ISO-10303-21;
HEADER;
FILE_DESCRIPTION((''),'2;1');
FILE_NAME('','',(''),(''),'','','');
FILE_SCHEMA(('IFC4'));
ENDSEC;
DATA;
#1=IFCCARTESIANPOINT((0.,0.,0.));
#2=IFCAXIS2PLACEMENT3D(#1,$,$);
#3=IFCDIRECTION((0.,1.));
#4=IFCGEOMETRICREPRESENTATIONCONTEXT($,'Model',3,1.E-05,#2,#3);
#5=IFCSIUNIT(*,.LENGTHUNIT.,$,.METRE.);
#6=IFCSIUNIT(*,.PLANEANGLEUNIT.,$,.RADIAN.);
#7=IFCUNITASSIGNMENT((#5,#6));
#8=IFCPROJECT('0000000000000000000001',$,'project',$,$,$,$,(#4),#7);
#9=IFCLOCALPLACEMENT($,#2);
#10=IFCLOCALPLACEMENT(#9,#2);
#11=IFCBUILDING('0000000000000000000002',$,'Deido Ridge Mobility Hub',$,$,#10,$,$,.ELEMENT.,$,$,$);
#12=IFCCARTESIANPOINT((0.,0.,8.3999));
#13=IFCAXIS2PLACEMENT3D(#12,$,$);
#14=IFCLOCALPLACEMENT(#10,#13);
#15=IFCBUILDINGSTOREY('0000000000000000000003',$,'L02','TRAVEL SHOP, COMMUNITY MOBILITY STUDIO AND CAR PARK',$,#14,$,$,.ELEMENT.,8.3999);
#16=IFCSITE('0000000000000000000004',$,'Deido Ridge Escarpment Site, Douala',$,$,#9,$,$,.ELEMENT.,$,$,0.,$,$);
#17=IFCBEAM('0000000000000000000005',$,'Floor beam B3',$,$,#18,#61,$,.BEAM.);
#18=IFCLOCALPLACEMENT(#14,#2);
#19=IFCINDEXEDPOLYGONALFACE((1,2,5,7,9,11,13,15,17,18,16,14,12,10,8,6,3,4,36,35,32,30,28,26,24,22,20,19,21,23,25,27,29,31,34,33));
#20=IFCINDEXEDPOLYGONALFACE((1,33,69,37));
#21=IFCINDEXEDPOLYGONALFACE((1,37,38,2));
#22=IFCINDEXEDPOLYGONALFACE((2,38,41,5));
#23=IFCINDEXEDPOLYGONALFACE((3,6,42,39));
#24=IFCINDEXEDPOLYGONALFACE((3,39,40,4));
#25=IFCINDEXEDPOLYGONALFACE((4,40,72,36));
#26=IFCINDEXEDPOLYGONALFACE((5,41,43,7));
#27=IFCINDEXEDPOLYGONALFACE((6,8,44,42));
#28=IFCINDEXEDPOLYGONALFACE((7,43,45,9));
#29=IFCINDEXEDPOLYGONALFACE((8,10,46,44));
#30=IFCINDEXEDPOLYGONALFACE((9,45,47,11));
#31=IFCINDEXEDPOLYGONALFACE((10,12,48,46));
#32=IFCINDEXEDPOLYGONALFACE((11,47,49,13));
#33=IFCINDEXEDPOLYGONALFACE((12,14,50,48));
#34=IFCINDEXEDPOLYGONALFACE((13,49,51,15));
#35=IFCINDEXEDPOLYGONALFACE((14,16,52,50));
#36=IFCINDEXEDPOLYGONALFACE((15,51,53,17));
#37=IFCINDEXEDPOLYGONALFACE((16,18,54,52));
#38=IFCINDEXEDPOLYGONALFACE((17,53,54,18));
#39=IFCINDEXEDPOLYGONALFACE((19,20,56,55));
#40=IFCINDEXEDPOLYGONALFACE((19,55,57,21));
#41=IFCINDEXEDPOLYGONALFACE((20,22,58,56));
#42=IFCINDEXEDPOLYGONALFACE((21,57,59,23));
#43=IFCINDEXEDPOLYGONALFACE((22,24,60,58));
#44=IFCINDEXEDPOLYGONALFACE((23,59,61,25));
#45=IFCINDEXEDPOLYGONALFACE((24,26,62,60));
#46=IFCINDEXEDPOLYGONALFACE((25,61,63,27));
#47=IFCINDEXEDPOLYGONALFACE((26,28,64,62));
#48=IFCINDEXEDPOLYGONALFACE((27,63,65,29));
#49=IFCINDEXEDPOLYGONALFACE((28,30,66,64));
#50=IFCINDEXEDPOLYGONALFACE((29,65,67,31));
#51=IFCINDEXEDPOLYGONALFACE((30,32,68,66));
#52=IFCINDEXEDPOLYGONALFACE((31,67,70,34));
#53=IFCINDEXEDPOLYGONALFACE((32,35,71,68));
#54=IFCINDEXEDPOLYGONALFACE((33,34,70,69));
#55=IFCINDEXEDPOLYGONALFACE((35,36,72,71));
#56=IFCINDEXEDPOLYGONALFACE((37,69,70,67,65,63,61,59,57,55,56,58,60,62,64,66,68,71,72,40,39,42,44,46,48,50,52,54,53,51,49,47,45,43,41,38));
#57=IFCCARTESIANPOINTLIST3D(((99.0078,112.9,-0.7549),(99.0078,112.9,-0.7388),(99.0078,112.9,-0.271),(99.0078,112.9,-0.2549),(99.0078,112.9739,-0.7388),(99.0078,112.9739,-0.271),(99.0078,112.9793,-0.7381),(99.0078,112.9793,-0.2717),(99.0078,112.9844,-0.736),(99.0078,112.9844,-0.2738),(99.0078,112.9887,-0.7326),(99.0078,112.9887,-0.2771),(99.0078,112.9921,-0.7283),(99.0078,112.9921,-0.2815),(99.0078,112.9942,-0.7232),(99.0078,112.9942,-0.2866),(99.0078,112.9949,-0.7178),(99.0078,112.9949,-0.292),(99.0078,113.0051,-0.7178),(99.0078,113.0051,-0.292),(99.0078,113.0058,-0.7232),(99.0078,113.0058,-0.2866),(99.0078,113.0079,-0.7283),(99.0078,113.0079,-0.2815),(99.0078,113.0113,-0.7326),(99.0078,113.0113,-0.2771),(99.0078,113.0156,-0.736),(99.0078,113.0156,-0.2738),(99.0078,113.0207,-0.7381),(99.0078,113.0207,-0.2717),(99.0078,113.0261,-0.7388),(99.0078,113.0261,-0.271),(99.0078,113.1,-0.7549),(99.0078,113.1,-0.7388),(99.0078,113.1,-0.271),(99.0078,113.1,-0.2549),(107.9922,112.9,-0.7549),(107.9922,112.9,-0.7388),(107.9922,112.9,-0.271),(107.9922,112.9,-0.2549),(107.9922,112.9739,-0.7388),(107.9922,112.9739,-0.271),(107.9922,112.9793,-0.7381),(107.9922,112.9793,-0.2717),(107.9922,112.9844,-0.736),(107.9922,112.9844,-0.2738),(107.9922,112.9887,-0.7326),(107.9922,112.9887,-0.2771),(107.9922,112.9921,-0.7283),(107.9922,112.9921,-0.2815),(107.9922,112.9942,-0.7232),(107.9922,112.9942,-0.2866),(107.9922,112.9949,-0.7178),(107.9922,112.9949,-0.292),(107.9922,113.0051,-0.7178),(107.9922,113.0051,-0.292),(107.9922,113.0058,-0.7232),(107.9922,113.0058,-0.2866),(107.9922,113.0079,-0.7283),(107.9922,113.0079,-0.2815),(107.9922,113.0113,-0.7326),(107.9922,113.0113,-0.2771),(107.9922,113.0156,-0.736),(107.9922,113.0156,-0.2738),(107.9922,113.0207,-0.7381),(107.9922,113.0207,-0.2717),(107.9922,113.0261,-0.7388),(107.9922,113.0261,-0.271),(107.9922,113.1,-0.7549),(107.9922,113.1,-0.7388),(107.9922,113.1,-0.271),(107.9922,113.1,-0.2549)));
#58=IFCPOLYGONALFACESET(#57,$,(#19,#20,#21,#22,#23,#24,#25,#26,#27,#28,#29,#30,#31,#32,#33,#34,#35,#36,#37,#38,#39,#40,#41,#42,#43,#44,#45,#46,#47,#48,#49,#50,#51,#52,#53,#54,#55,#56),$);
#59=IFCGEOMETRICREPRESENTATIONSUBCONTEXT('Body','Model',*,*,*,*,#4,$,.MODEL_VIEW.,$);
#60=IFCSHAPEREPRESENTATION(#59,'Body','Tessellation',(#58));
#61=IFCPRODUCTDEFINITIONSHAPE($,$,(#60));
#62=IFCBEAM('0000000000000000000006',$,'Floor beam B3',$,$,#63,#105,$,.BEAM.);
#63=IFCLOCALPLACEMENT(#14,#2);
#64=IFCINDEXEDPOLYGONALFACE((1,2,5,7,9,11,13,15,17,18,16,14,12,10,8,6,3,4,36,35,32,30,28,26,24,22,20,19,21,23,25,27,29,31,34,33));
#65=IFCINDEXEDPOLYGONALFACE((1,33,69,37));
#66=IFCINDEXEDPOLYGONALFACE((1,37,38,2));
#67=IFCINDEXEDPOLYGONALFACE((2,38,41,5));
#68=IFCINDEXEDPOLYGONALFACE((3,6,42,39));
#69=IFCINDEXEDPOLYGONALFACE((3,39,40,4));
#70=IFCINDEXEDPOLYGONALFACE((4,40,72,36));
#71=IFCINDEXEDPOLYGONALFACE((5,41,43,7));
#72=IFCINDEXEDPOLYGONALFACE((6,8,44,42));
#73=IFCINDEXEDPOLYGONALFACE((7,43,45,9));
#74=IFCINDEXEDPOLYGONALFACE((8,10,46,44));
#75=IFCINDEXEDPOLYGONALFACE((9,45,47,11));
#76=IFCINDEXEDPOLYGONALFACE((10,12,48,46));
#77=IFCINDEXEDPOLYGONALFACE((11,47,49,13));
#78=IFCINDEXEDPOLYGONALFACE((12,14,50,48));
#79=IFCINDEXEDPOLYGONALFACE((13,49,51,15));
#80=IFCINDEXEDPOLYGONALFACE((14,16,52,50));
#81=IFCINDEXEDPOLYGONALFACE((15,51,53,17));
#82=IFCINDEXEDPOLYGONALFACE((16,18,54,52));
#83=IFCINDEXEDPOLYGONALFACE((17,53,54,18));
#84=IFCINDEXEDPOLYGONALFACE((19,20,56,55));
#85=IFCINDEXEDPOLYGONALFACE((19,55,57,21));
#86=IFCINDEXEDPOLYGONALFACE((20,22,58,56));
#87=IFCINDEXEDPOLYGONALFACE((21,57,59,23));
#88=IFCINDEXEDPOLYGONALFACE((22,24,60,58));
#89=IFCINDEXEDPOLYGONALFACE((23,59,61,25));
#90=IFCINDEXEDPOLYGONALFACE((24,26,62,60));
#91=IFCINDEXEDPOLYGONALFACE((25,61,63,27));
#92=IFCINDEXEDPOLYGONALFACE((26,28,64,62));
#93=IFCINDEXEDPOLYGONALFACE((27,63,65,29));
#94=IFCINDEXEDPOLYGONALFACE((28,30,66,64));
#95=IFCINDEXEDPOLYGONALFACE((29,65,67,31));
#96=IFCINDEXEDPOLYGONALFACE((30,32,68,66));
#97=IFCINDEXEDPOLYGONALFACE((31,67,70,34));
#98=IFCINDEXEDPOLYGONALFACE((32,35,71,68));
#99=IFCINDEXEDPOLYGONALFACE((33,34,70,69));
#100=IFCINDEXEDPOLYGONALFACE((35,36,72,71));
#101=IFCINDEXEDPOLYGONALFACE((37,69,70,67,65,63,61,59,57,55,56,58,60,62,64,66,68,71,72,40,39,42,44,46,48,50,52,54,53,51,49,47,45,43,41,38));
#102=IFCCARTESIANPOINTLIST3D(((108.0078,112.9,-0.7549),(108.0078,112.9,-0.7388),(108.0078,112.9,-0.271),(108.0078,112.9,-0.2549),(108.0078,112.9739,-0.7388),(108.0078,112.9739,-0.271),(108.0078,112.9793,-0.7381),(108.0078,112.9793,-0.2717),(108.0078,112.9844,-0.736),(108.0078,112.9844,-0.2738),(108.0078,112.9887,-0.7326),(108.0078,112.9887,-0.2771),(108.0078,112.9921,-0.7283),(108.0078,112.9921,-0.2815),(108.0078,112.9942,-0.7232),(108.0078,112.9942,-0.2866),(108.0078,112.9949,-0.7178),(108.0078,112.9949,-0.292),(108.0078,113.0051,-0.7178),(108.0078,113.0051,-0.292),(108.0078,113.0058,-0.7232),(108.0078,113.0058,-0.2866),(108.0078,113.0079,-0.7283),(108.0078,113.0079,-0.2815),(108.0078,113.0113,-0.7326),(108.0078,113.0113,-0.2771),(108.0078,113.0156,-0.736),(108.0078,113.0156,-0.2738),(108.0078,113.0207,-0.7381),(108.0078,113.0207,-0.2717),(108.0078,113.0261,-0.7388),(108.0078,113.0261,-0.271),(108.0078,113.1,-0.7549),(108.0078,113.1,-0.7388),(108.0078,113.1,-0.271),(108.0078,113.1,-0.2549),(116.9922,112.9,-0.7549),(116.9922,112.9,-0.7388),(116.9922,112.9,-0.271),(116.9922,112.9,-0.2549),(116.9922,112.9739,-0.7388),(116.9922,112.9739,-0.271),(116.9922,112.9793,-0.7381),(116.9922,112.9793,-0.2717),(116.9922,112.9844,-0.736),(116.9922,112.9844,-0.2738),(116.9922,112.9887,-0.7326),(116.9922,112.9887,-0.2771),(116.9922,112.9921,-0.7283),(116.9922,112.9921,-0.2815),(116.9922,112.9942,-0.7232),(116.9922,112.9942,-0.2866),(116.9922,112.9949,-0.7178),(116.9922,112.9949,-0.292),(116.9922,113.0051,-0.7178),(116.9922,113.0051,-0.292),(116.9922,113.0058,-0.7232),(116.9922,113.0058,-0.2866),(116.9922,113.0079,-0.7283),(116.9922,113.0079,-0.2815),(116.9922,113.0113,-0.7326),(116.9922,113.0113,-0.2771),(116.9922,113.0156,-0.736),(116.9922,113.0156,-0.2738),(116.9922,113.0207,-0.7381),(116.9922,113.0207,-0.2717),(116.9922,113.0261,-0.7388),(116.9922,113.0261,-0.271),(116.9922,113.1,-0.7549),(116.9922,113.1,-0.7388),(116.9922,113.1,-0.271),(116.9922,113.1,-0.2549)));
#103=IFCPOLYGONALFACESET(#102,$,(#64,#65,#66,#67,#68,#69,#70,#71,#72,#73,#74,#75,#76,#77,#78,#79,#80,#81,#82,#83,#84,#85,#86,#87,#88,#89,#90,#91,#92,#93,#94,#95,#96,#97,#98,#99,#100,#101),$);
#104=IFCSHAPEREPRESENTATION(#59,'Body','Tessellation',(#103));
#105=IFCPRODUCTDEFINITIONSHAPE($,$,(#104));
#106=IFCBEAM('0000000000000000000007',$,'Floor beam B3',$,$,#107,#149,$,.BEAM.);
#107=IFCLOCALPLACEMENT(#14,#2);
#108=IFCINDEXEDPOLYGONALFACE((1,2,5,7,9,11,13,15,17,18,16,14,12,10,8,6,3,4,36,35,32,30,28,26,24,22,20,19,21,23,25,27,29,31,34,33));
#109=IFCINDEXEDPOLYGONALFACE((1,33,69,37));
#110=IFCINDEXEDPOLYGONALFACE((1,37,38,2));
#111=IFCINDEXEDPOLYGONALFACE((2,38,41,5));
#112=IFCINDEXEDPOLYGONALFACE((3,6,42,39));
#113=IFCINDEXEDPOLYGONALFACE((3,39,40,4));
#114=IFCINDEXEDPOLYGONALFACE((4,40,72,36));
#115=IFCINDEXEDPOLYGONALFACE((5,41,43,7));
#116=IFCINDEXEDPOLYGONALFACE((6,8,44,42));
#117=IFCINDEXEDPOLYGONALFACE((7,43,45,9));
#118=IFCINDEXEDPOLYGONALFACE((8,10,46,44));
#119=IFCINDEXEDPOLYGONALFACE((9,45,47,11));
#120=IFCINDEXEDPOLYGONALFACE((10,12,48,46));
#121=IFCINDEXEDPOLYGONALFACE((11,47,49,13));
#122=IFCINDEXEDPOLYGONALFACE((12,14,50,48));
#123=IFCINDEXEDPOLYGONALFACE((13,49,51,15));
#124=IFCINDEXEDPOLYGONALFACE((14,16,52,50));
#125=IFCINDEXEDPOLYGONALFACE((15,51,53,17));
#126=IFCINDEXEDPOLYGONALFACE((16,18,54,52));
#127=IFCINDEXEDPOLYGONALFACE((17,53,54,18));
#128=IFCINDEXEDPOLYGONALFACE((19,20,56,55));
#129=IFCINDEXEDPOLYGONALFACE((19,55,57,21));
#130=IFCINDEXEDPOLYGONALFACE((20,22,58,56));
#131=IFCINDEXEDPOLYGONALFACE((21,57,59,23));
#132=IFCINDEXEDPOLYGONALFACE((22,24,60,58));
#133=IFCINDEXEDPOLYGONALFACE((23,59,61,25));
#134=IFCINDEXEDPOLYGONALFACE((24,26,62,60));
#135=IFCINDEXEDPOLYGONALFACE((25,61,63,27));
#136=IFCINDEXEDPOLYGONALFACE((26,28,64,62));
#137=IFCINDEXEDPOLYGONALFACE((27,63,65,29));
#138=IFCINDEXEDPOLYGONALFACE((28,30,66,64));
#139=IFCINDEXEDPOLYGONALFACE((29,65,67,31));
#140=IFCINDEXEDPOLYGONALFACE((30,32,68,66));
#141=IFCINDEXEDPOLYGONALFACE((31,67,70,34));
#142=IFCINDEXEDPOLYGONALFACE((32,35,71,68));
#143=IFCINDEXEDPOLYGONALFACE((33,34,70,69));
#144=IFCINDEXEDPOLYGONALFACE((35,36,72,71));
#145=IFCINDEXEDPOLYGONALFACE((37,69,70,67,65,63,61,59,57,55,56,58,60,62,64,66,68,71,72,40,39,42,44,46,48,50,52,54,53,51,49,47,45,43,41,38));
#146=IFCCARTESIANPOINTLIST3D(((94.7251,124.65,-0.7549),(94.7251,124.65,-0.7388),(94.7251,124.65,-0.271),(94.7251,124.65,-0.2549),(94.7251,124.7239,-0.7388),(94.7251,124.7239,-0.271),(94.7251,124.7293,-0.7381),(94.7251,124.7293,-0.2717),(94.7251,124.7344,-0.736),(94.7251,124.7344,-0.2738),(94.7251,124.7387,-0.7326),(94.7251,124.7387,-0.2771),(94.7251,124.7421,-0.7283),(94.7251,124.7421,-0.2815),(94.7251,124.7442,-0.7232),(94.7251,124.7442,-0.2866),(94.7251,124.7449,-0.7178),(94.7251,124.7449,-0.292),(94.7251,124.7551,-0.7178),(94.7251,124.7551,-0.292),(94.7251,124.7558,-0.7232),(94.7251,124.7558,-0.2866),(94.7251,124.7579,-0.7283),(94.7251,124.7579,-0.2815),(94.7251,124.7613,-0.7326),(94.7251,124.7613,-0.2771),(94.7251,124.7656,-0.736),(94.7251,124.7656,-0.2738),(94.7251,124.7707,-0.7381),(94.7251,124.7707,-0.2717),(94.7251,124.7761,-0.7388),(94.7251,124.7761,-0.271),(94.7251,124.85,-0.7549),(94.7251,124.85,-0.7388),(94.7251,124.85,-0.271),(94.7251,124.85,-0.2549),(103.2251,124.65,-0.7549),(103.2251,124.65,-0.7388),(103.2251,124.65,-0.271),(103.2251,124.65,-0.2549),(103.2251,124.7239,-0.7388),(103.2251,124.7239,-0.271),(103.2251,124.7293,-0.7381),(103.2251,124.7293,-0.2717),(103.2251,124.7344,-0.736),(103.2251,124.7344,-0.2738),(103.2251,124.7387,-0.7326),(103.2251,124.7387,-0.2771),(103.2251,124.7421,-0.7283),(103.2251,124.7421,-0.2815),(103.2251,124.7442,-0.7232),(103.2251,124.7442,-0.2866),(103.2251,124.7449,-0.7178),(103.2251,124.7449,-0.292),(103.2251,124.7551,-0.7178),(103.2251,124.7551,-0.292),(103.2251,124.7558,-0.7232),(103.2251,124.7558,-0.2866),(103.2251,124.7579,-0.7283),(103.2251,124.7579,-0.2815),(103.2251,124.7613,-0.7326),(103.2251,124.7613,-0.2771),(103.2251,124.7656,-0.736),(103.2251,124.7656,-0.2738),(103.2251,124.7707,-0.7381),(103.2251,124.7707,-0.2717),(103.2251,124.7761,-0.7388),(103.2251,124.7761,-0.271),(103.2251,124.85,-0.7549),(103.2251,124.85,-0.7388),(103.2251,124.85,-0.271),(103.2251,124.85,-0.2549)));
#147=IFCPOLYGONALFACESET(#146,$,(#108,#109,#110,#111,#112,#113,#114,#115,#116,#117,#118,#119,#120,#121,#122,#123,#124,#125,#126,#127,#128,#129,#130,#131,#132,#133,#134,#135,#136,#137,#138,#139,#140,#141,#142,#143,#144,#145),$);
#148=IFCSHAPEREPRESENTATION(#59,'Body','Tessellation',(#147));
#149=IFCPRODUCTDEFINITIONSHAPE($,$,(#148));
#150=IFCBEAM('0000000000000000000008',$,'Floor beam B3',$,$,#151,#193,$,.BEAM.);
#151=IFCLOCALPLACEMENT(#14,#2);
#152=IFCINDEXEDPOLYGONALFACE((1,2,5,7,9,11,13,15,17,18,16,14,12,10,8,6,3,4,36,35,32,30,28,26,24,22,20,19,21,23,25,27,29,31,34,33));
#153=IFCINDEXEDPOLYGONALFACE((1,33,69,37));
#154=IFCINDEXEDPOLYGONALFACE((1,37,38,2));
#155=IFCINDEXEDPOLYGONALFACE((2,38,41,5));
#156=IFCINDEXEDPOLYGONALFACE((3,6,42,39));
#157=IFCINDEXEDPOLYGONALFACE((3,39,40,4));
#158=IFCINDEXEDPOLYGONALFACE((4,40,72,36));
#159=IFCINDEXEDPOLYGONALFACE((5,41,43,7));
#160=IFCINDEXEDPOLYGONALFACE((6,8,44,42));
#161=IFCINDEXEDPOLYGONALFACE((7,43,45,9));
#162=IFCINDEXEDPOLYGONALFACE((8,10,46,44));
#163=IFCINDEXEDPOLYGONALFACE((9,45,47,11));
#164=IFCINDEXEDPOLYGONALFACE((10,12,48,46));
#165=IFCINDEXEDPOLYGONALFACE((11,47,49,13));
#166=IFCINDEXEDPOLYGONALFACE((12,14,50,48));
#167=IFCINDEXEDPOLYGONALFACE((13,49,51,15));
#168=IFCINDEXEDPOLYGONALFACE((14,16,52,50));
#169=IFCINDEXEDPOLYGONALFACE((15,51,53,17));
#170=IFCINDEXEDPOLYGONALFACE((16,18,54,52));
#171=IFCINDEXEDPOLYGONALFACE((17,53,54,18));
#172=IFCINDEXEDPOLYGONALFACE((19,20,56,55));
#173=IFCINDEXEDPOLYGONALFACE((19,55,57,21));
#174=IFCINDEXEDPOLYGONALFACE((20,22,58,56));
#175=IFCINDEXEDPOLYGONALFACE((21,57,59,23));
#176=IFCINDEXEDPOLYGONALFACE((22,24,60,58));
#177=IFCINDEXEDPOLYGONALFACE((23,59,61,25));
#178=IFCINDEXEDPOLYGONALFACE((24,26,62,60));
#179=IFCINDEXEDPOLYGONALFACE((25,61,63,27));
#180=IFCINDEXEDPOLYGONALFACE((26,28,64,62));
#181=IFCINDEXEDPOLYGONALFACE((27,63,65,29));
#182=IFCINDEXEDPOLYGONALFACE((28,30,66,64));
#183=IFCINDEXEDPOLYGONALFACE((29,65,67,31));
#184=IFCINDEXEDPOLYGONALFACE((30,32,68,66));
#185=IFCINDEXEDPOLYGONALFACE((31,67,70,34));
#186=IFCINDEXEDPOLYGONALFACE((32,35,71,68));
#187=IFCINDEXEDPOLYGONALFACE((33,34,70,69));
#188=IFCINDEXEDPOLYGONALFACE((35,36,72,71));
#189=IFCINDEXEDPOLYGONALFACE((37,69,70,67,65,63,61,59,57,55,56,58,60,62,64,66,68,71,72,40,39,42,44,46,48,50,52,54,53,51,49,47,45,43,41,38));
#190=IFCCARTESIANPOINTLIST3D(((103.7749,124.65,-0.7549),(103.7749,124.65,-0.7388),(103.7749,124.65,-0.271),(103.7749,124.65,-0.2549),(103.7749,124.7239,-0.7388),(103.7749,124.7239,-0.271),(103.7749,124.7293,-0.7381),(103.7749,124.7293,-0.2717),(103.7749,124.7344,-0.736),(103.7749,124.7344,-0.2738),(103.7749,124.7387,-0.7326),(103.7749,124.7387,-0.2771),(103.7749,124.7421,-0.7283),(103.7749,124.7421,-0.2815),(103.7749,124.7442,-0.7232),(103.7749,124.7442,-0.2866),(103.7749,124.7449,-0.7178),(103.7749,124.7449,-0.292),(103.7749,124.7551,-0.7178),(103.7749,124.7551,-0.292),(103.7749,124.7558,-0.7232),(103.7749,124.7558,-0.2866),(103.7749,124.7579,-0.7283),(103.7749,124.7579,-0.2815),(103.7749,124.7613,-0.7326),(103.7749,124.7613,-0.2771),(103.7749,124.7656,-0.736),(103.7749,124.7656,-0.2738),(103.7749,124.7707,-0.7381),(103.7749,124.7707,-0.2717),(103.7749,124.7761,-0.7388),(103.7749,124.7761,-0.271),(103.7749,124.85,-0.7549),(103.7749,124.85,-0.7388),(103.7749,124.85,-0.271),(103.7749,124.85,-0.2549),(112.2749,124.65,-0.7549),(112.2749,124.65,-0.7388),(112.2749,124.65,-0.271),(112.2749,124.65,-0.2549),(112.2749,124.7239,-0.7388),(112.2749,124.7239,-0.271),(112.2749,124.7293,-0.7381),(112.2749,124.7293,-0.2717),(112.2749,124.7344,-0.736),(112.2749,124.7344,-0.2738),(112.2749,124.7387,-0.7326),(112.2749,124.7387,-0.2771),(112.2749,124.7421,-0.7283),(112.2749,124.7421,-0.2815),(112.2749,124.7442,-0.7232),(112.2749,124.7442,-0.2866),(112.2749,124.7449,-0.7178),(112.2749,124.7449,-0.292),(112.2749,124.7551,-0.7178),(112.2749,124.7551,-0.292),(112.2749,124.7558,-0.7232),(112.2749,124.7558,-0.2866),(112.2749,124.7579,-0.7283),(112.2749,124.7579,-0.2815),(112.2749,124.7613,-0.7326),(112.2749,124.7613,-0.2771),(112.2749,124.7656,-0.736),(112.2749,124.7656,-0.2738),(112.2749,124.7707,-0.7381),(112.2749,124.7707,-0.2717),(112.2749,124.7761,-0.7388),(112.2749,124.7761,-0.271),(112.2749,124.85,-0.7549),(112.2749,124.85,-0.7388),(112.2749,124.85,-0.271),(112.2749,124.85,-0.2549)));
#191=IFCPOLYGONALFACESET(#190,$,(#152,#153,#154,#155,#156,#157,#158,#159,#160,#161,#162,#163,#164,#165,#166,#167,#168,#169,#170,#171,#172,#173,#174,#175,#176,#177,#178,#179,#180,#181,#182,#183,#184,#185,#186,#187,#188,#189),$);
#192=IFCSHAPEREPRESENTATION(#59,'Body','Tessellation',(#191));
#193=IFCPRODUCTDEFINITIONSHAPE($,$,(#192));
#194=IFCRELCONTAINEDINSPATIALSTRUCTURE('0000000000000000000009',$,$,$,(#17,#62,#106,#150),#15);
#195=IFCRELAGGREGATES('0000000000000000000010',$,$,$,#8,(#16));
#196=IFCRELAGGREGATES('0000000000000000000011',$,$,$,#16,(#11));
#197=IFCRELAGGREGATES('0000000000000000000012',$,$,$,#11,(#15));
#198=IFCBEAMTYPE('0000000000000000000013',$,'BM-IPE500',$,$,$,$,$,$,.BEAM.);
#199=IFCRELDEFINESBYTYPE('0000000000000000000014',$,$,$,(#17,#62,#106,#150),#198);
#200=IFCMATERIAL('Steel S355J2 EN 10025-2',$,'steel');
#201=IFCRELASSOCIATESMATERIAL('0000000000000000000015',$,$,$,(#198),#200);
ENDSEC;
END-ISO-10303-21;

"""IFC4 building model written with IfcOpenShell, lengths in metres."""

from ifc_helpers import new_model, si_unit, direction, frame, origin, origin_2d, place, context, subcontext, project, spatial, i_section, extrude, material, material_profile, profile_set, type_object, element, save


model = new_model("IFC4")

# Units and contexts
model_context = context("Model", 3, precision=1e-05, world=origin(), true_north=direction((0.0, 1.0)))
body_context = subcontext(model_context, "Body", "Model", "MODEL_VIEW")
ifc_project = project(units=[si_unit("LENGTHUNIT", "METRE"), si_unit("PLANEANGLEUNIT", "RADIAN")], contexts=[model_context])

# Site, building, storey
site_placement = place(None, origin())
site = spatial("IfcSite", under=ifc_project, at=site_placement, Name="Deido Ridge Escarpment Site, Douala", CompositionType="ELEMENT", RefElevation=0.0)
building_placement = place(site_placement, origin())
building = spatial("IfcBuilding", under=site, at=building_placement, Name="Deido Ridge Mobility Hub", CompositionType="ELEMENT")
storey_placement = place(building_placement, frame((0.0, 0.0, 8.3999)))
storey = spatial("IfcBuildingStorey", under=building, at=storey_placement, Name="L02", Description="TRAVEL SHOP, COMMUNITY MOBILITY STUDIO AND CAR PARK", CompositionType="ELEMENT", Elevation=8.3999)

# Shared definitions
ifc_material_1 = material(Name="Steel S355J2 EN 10025-2", Category="steel")

# Beams
ifc_material_profile_1 = material_profile(ifc_material_1, i_section(OverallWidth=0.2, OverallDepth=0.5, WebThickness=0.0103, FlangeThickness=0.0161, FilletRadius=0.021, at=origin_2d()), Name="IPE 500")
ifc_profile_set_1 = profile_set([ifc_material_profile_1], Name="Steel S355J2 EN 10025-2")
beam_type_1 = type_object("IfcBeamType", Name="BM-IPE500", PredefinedType="BEAM", material=ifc_profile_set_1)
for number, where, z_axis, x_axis, name in (
    (1, (99.0078, 113.0, -0.5049), (1.0, 0.0, 0.0), (0.0, 1.0, 0.0), "Floor beam B3"),
    (2, (108.0078, 113.0, -0.5049), (1.0, 0.0, 0.0), (0.0, 1.0, 0.0), "Floor beam B3"),
):
    element("IfcBeam", number, at=place(storey_placement, frame(where, z_axis=z_axis, x_axis=x_axis)), inside=storey, type_object=beam_type_1, Name=name, PredefinedType="BEAM", context=body_context, shape_type="SweptSolid", body=[
        extrude(i_section(OverallWidth=0.2, OverallDepth=0.5, WebThickness=0.0103, FlangeThickness=0.0161, FilletRadius=0.021, at=origin_2d()), origin(), (0.0, 0.0, 1.0), 8.9844),
    ])
for number, where, z_axis, x_axis, name in (
    (3, (94.7251, 124.75, -0.5049), (1.0, 0.0, 0.0), (0.0, 1.0, 0.0), "Floor beam B3"),
    (4, (103.7749, 124.75, -0.5049), (1.0, 0.0, 0.0), (0.0, 1.0, 0.0), "Floor beam B3"),
):
    element("IfcBeam", number, at=place(storey_placement, frame(where, z_axis=z_axis, x_axis=x_axis)), inside=storey, type_object=beam_type_1, Name=name, PredefinedType="BEAM", context=body_context, shape_type="SweptSolid", body=[
        extrude(i_section(OverallWidth=0.2, OverallDepth=0.5, WebThickness=0.0103, FlangeThickness=0.0161, FilletRadius=0.021, at=origin_2d()), origin(), (0.0, 0.0, 1.0), 8.5),
    ])

save(model, "model.ifc")
